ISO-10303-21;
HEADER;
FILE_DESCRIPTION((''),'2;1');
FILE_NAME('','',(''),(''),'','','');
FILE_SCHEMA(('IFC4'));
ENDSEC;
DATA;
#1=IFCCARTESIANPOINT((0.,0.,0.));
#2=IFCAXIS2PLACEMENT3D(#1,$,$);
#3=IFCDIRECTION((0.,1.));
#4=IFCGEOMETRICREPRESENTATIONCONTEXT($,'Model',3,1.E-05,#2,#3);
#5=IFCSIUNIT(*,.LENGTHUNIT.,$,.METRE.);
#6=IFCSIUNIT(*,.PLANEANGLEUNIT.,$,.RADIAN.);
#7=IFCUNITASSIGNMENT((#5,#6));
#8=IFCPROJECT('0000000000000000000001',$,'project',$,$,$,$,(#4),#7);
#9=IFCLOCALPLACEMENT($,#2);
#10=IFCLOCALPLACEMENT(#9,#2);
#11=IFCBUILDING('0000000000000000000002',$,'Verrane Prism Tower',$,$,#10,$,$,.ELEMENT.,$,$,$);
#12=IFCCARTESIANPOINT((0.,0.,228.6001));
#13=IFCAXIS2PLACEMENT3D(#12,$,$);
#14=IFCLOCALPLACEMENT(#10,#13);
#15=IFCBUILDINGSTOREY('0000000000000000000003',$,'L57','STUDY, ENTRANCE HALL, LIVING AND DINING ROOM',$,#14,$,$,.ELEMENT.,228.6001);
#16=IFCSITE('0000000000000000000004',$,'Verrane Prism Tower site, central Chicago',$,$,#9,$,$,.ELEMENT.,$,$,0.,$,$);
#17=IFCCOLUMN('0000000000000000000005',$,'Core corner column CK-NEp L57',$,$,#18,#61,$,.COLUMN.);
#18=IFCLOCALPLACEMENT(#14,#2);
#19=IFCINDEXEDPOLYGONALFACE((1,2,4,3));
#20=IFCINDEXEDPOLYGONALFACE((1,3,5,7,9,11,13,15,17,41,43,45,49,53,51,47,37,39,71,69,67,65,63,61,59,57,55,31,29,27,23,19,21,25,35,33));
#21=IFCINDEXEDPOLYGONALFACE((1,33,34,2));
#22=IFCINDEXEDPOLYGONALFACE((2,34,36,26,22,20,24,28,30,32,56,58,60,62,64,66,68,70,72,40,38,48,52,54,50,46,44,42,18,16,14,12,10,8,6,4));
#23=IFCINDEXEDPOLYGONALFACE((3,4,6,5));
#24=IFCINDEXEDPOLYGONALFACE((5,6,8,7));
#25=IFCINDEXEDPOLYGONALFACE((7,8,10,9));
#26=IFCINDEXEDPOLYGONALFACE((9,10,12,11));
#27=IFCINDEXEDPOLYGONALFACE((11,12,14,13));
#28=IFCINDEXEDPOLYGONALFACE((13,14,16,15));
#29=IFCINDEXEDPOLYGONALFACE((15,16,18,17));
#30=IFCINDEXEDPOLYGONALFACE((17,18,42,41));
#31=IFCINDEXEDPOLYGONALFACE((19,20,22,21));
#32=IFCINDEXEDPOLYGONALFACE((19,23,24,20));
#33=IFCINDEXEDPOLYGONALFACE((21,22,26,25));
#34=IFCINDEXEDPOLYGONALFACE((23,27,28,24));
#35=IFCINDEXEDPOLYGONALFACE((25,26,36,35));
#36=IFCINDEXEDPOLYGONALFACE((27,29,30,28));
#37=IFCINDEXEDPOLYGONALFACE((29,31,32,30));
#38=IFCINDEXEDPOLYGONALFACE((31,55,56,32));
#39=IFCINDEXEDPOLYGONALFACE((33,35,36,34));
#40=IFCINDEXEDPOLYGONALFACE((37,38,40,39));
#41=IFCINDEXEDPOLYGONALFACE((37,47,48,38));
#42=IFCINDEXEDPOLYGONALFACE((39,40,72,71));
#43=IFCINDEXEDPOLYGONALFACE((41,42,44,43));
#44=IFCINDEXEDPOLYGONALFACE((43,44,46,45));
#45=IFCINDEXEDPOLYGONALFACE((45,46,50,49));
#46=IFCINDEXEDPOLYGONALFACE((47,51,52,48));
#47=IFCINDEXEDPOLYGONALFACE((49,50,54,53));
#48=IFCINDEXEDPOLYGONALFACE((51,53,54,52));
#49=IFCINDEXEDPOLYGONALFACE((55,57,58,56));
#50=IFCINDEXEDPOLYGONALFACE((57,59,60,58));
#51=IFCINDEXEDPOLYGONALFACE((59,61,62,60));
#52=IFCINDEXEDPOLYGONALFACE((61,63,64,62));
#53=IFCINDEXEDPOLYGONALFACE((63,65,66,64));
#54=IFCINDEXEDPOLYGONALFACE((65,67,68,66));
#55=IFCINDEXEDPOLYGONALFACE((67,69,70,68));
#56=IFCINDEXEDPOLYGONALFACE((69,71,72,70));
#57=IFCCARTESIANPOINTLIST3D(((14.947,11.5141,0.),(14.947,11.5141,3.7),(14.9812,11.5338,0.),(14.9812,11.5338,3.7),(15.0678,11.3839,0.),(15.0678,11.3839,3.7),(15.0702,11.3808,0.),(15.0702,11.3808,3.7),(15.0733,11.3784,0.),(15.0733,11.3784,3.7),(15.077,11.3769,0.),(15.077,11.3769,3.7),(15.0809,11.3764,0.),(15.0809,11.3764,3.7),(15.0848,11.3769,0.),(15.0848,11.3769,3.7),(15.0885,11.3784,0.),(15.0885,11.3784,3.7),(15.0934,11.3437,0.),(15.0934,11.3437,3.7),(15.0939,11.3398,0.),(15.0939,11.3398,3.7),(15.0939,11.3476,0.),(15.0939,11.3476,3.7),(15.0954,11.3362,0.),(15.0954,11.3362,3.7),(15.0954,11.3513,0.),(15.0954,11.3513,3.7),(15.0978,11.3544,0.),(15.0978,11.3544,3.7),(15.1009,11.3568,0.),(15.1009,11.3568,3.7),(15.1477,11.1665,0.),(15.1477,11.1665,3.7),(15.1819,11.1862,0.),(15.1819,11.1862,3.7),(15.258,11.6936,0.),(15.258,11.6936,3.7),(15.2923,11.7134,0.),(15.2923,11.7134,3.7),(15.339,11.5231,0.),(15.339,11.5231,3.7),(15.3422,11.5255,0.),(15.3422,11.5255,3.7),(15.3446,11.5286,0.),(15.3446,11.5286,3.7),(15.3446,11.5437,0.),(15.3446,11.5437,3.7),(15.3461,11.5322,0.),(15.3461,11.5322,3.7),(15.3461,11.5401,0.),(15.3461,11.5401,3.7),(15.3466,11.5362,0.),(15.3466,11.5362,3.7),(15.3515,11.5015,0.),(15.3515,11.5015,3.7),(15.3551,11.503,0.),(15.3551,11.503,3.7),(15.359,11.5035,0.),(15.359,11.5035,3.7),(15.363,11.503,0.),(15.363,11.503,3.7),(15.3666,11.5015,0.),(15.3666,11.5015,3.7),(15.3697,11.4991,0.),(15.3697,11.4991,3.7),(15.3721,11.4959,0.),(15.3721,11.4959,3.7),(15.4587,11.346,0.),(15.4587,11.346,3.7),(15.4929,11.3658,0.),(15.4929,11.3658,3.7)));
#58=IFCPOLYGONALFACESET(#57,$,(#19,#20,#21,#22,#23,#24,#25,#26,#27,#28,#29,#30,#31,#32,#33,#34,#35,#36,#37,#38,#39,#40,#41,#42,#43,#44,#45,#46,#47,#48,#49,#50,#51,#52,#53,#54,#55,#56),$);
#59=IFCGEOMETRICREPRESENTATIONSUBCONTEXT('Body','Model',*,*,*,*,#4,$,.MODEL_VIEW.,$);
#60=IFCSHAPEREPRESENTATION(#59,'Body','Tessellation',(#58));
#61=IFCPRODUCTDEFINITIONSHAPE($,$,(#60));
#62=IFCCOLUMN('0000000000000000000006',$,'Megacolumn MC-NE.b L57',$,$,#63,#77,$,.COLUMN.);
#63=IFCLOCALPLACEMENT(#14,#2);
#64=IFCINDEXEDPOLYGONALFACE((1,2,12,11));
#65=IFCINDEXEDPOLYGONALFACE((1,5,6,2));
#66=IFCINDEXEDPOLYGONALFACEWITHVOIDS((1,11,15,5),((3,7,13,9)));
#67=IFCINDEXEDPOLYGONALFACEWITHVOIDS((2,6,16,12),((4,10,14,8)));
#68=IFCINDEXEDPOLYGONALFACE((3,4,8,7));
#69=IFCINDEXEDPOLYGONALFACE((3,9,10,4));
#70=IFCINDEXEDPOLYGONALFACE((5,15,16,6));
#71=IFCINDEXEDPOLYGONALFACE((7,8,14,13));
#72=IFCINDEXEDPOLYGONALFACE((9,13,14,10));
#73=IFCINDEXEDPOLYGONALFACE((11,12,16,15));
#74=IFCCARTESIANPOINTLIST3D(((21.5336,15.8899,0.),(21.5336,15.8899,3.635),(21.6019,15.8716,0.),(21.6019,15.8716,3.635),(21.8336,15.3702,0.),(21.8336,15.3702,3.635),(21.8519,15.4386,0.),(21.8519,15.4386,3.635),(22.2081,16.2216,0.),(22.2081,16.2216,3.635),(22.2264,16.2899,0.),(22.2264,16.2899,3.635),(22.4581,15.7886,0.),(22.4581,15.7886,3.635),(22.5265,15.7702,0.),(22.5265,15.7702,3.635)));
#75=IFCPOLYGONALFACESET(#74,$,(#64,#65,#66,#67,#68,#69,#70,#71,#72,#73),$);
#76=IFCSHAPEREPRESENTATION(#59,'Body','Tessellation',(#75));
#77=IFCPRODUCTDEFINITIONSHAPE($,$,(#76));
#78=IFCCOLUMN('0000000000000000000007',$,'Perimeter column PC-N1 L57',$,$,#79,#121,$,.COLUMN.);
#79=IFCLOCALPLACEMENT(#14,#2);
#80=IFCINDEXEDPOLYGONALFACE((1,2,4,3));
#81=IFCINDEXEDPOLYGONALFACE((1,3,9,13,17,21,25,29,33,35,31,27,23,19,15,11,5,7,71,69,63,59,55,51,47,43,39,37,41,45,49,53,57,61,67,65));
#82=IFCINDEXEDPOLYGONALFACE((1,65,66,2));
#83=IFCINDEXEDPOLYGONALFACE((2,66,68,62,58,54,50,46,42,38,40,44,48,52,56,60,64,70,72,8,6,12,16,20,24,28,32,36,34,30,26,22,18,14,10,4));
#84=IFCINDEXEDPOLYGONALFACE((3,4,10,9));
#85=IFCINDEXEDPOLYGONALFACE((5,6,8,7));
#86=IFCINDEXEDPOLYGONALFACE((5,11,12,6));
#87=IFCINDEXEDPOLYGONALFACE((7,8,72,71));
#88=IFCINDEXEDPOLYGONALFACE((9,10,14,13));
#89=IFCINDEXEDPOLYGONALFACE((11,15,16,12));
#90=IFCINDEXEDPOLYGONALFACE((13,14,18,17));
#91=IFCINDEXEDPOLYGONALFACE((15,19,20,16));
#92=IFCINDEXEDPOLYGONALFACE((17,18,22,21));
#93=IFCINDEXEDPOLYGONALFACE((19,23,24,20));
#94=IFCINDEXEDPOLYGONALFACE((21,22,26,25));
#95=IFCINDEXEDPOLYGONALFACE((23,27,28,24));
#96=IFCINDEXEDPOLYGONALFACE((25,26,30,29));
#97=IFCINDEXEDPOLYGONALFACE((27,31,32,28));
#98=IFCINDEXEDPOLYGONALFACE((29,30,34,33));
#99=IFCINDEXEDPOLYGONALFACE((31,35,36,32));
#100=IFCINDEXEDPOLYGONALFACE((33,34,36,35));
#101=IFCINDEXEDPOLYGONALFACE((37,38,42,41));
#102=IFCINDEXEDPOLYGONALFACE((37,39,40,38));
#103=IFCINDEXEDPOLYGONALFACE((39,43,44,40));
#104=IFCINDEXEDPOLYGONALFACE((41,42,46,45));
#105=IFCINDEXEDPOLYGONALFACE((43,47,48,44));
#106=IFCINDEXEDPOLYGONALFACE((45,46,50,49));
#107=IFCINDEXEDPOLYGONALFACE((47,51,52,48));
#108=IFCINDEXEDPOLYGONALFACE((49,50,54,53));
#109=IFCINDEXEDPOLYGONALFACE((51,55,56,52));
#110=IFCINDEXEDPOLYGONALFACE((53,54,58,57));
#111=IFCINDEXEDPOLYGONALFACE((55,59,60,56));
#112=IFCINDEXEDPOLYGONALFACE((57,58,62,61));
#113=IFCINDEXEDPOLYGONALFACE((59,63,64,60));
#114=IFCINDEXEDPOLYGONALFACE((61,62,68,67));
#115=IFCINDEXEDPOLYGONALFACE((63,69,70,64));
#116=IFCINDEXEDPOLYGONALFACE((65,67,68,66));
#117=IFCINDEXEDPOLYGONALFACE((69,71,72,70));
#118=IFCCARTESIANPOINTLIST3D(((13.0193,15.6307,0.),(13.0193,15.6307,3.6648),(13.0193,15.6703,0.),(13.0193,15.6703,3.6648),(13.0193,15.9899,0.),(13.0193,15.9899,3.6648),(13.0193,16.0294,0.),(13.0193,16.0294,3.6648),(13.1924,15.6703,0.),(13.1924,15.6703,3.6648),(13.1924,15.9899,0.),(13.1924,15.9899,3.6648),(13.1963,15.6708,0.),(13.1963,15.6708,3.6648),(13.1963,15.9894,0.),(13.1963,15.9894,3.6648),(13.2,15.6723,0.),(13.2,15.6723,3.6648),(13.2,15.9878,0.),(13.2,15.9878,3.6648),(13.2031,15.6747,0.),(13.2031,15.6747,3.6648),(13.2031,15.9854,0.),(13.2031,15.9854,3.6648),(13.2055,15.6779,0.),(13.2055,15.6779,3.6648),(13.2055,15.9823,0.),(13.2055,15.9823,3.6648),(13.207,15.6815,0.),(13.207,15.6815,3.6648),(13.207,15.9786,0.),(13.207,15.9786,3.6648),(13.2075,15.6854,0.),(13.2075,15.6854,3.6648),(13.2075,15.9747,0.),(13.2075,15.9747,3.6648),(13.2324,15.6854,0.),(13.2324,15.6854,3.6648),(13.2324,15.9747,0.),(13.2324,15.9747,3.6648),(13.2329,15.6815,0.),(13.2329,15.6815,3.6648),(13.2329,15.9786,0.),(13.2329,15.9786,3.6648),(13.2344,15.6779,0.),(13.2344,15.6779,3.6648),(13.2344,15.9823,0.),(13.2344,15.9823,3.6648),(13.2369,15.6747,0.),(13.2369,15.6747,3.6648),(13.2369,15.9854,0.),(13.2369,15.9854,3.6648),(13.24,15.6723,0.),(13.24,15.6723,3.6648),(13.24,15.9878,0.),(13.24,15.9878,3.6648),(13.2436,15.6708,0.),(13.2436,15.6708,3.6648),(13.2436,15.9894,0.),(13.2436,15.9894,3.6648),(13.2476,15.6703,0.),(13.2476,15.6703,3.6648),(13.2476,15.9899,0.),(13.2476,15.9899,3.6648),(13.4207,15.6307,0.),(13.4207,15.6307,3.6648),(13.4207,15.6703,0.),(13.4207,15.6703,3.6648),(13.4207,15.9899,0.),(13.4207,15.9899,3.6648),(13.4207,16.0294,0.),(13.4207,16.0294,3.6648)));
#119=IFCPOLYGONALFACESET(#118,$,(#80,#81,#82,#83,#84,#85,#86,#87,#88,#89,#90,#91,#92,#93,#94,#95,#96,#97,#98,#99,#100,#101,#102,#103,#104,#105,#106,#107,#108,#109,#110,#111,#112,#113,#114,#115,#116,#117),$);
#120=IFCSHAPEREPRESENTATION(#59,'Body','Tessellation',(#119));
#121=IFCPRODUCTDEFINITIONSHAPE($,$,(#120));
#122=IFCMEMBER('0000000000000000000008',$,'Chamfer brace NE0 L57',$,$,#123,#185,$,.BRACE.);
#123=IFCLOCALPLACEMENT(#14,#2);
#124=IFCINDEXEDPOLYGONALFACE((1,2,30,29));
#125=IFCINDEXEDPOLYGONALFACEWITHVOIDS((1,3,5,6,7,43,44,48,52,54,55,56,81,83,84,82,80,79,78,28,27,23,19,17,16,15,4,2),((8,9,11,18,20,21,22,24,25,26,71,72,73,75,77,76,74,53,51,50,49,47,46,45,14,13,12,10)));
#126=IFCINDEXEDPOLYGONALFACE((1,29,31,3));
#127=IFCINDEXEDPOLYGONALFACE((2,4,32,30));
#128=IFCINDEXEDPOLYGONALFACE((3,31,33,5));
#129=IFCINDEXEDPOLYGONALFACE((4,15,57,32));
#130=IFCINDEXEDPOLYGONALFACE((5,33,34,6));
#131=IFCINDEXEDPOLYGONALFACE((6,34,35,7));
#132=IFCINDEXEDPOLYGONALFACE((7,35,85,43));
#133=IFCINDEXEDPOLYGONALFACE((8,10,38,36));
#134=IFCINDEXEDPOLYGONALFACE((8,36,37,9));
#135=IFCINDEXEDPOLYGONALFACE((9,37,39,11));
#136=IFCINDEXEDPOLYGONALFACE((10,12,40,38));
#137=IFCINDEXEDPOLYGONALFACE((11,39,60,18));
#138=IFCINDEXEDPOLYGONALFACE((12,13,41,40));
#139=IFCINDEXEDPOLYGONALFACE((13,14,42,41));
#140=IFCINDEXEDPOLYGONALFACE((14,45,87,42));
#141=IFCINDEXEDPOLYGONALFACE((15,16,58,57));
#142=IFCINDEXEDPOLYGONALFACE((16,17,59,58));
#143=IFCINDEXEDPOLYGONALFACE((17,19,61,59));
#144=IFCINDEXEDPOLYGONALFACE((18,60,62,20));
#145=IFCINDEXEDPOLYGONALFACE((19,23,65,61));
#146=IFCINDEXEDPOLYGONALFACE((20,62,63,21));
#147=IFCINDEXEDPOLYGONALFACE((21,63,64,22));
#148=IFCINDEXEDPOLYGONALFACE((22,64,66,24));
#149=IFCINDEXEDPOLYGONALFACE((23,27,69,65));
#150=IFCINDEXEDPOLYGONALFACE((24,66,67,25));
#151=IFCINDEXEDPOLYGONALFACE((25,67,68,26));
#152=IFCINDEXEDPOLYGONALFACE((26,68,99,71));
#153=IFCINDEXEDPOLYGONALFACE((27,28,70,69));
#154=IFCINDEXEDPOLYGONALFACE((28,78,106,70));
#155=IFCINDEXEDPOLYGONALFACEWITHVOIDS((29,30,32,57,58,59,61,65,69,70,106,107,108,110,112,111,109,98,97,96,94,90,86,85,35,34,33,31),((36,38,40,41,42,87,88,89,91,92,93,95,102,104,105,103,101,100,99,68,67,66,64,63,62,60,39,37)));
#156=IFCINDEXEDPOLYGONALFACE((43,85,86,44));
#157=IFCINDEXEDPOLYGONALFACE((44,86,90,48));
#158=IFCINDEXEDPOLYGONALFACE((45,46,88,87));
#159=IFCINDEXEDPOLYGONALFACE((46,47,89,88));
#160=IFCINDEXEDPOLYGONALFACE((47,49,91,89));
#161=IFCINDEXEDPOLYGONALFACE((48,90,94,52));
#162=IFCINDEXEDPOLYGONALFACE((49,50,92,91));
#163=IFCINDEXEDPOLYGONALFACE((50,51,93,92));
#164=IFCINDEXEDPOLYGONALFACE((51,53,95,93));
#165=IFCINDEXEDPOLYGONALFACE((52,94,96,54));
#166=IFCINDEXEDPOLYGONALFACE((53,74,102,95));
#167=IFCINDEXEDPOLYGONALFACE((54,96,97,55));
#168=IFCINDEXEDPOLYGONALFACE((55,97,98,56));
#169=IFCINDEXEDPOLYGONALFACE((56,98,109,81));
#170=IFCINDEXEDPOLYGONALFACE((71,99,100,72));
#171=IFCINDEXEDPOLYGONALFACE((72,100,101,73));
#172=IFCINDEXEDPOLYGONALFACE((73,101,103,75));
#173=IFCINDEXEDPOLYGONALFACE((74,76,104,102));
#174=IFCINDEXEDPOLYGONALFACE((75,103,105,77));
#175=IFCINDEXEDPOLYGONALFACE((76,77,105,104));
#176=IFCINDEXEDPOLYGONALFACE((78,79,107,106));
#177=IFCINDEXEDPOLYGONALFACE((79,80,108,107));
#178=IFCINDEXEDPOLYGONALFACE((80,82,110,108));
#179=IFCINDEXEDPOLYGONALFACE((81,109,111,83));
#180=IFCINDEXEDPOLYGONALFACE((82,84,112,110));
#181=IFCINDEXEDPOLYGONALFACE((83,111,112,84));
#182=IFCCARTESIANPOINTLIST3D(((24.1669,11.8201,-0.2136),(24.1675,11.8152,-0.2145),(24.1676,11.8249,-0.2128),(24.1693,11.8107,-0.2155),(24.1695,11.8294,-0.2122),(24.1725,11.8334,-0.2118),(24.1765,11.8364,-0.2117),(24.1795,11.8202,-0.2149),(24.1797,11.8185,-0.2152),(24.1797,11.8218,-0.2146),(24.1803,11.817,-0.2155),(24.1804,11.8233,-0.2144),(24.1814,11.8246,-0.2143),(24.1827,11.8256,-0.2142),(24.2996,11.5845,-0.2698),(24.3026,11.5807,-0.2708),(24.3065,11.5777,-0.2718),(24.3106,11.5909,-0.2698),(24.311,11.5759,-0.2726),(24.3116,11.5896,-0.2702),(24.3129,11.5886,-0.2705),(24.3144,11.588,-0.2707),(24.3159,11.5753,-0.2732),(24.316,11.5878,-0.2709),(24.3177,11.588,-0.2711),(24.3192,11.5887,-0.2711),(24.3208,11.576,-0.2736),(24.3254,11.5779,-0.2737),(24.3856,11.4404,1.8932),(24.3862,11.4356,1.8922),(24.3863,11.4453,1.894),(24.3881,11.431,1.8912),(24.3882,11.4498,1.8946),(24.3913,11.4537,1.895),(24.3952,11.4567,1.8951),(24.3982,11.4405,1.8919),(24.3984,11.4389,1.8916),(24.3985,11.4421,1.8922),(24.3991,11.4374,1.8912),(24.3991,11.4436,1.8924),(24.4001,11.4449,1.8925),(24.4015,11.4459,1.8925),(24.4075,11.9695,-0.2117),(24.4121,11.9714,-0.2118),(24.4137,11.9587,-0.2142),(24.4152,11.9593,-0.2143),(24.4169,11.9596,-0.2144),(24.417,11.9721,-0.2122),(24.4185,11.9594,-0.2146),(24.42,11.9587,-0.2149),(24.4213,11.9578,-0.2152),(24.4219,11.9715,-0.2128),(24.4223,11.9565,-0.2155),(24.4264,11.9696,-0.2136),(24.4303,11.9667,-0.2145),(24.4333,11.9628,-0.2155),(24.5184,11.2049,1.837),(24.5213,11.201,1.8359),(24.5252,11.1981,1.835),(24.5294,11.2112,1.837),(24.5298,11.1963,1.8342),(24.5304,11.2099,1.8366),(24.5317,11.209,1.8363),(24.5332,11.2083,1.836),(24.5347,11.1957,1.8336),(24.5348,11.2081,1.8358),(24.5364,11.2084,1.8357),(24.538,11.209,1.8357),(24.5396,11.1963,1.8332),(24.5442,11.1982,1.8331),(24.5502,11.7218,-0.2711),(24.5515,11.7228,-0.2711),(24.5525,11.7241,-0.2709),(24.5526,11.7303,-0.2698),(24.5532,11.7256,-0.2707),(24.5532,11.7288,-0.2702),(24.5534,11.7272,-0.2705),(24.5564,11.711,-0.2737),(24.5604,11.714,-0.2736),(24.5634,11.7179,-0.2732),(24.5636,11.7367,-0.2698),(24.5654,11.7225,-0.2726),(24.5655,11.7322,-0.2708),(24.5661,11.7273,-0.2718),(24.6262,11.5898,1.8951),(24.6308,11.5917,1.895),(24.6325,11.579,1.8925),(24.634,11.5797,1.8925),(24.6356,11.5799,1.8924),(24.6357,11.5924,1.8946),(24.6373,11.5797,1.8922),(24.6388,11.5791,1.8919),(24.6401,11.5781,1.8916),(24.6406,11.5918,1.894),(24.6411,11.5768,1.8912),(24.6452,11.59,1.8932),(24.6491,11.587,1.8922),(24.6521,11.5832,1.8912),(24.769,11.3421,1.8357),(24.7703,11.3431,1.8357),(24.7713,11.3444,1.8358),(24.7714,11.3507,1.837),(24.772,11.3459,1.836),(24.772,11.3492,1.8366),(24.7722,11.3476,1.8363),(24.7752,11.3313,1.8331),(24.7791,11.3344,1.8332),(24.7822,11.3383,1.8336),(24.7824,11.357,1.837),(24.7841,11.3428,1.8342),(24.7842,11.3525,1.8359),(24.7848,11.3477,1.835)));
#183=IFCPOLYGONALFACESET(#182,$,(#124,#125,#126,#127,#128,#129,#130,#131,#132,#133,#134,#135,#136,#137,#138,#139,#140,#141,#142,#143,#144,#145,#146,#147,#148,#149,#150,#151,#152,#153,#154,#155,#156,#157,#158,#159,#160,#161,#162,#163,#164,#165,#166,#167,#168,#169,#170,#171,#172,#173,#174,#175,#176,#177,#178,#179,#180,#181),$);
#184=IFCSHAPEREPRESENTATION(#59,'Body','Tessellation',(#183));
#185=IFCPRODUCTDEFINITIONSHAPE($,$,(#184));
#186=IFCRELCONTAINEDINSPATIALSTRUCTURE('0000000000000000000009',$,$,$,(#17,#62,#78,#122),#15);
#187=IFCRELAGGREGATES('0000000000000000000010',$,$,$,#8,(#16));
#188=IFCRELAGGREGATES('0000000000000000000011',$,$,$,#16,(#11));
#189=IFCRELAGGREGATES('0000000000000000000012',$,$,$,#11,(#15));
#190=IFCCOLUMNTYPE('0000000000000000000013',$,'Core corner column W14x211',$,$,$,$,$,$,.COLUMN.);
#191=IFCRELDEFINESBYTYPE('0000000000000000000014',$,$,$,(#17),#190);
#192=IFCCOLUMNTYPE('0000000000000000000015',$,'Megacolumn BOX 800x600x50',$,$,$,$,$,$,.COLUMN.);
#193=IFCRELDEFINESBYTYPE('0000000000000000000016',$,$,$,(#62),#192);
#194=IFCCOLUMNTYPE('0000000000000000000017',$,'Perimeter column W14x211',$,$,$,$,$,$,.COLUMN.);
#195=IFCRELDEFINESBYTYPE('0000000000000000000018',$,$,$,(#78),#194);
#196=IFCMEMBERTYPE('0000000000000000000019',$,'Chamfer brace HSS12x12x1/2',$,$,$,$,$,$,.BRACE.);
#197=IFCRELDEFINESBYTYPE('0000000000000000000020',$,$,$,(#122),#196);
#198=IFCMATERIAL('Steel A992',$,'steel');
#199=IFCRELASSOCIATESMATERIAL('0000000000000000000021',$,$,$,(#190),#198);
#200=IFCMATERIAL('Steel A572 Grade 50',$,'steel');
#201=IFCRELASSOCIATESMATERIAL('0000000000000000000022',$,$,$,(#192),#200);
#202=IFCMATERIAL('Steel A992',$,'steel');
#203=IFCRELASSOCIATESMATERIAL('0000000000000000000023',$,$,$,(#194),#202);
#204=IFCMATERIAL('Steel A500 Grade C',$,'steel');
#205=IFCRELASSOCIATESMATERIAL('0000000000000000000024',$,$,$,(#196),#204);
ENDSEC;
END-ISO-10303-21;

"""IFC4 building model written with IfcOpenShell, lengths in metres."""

from ifc_helpers import new_model, si_unit, direction, frame, origin, origin_2d, place, context, subcontext, project, spatial, hollow_rectangle, i_section, extrude, material, material_profile, profile_set, type_object, element, save


model = new_model("IFC4")

# Units and contexts
model_context = context("Model", 3, precision=1e-05, world=origin(), true_north=direction((0.0, 1.0)))
body_context = subcontext(model_context, "Body", "Model", "MODEL_VIEW")
ifc_project = project(units=[si_unit("LENGTHUNIT", "METRE"), si_unit("PLANEANGLEUNIT", "RADIAN")], contexts=[model_context])

# Site, building, storey
site_placement = place(None, origin())
site = spatial("IfcSite", under=ifc_project, at=site_placement, Name="Verrane Prism Tower site, central Chicago", CompositionType="ELEMENT", RefElevation=0.0)
building_placement = place(site_placement, origin())
building = spatial("IfcBuilding", under=site, at=building_placement, Name="Verrane Prism Tower", CompositionType="ELEMENT")
storey_placement = place(building_placement, frame((0.0, 0.0, 228.6001)))
storey = spatial("IfcBuildingStorey", under=building, at=storey_placement, Name="L57", Description="STUDY, ENTRANCE HALL, LIVING AND DINING ROOM", CompositionType="ELEMENT", Elevation=228.6001)

# Columns
ifc_material_1 = material(Name="Steel A992", Category="steel")
ifc_material_profile_1 = material_profile(ifc_material_1, i_section(OverallWidth=0.4014, OverallDepth=0.3987, WebThickness=0.0249, FlangeThickness=0.0396, FilletRadius=0.0151, at=origin_2d()), Name="W14x211")
ifc_profile_set_1 = profile_set([ifc_material_profile_1], Name="Steel A992")
column_type_1 = type_object("IfcColumnType", Name="Core corner column W14x211", PredefinedType="COLUMN", material=ifc_profile_set_1)
column_1_placement = place(storey_placement, frame((15.22, 11.4399, 0.0), z_axis=(0.0, 0.0, 1.0), x_axis=(0.5, -0.866025, 0.0)))
element("IfcColumn", 1, at=column_1_placement, inside=storey, type_object=column_type_1, Name="Core corner column CK-NEp L57", PredefinedType="COLUMN", context=body_context, shape_type="SweptSolid", body=[
    extrude(i_section(OverallWidth=0.4014, OverallDepth=0.3987, WebThickness=0.0249, FlangeThickness=0.0396, FilletRadius=0.0151, at=origin_2d()), origin(), (0.0, 0.0, 1.0), 3.7),
])
ifc_material_2 = material(Name="Steel A572 Grade 50", Category="steel")
ifc_material_profile_2 = material_profile(ifc_material_2, hollow_rectangle(XDim=0.6001, YDim=0.8, WallThickness=0.05, at=origin_2d()), Name="BOX 800x600x50")
ifc_profile_set_2 = profile_set([ifc_material_profile_2], Name="Steel A572 Grade 50")
column_type_2 = type_object("IfcColumnType", Name="Megacolumn BOX 800x600x50", PredefinedType="COLUMN", material=ifc_profile_set_2)
column_2_placement = place(storey_placement, frame((22.03, 15.8301, 0.0), z_axis=(0.0, 0.0, 1.0), x_axis=(0.5, -0.866025, 0.0)))
element("IfcColumn", 2, at=column_2_placement, inside=storey, type_object=column_type_2, Name="Megacolumn MC-NE.b L57", PredefinedType="COLUMN", context=body_context, shape_type="SweptSolid", body=[
    extrude(hollow_rectangle(XDim=0.6001, YDim=0.8, WallThickness=0.05, at=origin_2d()), origin(), (0.0, 0.0, 1.0), 3.635),
])
ifc_material_3 = material(Name="Steel A992", Category="steel")
ifc_material_profile_3 = material_profile(ifc_material_3, i_section(OverallWidth=0.4014, OverallDepth=0.3987, WebThickness=0.0249, FlangeThickness=0.0396, FilletRadius=0.0151, at=origin_2d()), Name="W14x211")
ifc_profile_set_3 = profile_set([ifc_material_profile_3], Name="Steel A992")
column_type_3 = type_object("IfcColumnType", Name="Perimeter column W14x211", PredefinedType="COLUMN", material=ifc_profile_set_3)
column_3_placement = place(storey_placement, frame((13.22, 15.8301, 0.0), z_axis=(0.0, 0.0, 1.0), x_axis=(1.0, 0.0, 0.0)))
element("IfcColumn", 3, at=column_3_placement, inside=storey, type_object=column_type_3, Name="Perimeter column PC-N1 L57", PredefinedType="COLUMN", context=body_context, shape_type="SweptSolid", body=[
    extrude(i_section(OverallWidth=0.4014, OverallDepth=0.3987, WebThickness=0.0249, FlangeThickness=0.0396, FilletRadius=0.0151, at=origin_2d()), origin(), (0.0, 0.0, 1.0), 3.6648),
])

# Member
ifc_material_4 = material(Name="Steel A500 Grade C", Category="steel")
ifc_material_profile_4 = material_profile(ifc_material_4, hollow_rectangle(XDim=0.3047, YDim=0.3047, WallThickness=0.0127, InnerFilletRadius=0.0063, OuterFilletRadius=0.019, at=origin_2d()), Name="HSS12x12x1/2")
ifc_profile_set_4 = profile_set([ifc_material_profile_4], Name="Steel A500 Grade C")
member_type_1 = type_object("IfcMemberType", Name="Chamfer brace HSS12x12x1/2", PredefinedType="BRACE", material=ifc_profile_set_4)
member_1_placement = place(storey_placement, frame((24.3665, 11.7737, -0.2427), z_axis=(0.10166, -0.176431, 0.979049), x_axis=(0.866454, 0.499256, 0.0)))
element("IfcMember", 4, at=member_1_placement, inside=storey, type_object=member_type_1, Name="Chamfer brace NE0 L57", PredefinedType="BRACE", context=body_context, shape_type="SweptSolid", body=[
    extrude(hollow_rectangle(XDim=0.3047, YDim=0.3047, WallThickness=0.0127, InnerFilletRadius=0.0063, OuterFilletRadius=0.019, at=origin_2d()), origin(), (0.0, 0.0, 1.0), 2.1519),
])

save(model, "model.ifc")
